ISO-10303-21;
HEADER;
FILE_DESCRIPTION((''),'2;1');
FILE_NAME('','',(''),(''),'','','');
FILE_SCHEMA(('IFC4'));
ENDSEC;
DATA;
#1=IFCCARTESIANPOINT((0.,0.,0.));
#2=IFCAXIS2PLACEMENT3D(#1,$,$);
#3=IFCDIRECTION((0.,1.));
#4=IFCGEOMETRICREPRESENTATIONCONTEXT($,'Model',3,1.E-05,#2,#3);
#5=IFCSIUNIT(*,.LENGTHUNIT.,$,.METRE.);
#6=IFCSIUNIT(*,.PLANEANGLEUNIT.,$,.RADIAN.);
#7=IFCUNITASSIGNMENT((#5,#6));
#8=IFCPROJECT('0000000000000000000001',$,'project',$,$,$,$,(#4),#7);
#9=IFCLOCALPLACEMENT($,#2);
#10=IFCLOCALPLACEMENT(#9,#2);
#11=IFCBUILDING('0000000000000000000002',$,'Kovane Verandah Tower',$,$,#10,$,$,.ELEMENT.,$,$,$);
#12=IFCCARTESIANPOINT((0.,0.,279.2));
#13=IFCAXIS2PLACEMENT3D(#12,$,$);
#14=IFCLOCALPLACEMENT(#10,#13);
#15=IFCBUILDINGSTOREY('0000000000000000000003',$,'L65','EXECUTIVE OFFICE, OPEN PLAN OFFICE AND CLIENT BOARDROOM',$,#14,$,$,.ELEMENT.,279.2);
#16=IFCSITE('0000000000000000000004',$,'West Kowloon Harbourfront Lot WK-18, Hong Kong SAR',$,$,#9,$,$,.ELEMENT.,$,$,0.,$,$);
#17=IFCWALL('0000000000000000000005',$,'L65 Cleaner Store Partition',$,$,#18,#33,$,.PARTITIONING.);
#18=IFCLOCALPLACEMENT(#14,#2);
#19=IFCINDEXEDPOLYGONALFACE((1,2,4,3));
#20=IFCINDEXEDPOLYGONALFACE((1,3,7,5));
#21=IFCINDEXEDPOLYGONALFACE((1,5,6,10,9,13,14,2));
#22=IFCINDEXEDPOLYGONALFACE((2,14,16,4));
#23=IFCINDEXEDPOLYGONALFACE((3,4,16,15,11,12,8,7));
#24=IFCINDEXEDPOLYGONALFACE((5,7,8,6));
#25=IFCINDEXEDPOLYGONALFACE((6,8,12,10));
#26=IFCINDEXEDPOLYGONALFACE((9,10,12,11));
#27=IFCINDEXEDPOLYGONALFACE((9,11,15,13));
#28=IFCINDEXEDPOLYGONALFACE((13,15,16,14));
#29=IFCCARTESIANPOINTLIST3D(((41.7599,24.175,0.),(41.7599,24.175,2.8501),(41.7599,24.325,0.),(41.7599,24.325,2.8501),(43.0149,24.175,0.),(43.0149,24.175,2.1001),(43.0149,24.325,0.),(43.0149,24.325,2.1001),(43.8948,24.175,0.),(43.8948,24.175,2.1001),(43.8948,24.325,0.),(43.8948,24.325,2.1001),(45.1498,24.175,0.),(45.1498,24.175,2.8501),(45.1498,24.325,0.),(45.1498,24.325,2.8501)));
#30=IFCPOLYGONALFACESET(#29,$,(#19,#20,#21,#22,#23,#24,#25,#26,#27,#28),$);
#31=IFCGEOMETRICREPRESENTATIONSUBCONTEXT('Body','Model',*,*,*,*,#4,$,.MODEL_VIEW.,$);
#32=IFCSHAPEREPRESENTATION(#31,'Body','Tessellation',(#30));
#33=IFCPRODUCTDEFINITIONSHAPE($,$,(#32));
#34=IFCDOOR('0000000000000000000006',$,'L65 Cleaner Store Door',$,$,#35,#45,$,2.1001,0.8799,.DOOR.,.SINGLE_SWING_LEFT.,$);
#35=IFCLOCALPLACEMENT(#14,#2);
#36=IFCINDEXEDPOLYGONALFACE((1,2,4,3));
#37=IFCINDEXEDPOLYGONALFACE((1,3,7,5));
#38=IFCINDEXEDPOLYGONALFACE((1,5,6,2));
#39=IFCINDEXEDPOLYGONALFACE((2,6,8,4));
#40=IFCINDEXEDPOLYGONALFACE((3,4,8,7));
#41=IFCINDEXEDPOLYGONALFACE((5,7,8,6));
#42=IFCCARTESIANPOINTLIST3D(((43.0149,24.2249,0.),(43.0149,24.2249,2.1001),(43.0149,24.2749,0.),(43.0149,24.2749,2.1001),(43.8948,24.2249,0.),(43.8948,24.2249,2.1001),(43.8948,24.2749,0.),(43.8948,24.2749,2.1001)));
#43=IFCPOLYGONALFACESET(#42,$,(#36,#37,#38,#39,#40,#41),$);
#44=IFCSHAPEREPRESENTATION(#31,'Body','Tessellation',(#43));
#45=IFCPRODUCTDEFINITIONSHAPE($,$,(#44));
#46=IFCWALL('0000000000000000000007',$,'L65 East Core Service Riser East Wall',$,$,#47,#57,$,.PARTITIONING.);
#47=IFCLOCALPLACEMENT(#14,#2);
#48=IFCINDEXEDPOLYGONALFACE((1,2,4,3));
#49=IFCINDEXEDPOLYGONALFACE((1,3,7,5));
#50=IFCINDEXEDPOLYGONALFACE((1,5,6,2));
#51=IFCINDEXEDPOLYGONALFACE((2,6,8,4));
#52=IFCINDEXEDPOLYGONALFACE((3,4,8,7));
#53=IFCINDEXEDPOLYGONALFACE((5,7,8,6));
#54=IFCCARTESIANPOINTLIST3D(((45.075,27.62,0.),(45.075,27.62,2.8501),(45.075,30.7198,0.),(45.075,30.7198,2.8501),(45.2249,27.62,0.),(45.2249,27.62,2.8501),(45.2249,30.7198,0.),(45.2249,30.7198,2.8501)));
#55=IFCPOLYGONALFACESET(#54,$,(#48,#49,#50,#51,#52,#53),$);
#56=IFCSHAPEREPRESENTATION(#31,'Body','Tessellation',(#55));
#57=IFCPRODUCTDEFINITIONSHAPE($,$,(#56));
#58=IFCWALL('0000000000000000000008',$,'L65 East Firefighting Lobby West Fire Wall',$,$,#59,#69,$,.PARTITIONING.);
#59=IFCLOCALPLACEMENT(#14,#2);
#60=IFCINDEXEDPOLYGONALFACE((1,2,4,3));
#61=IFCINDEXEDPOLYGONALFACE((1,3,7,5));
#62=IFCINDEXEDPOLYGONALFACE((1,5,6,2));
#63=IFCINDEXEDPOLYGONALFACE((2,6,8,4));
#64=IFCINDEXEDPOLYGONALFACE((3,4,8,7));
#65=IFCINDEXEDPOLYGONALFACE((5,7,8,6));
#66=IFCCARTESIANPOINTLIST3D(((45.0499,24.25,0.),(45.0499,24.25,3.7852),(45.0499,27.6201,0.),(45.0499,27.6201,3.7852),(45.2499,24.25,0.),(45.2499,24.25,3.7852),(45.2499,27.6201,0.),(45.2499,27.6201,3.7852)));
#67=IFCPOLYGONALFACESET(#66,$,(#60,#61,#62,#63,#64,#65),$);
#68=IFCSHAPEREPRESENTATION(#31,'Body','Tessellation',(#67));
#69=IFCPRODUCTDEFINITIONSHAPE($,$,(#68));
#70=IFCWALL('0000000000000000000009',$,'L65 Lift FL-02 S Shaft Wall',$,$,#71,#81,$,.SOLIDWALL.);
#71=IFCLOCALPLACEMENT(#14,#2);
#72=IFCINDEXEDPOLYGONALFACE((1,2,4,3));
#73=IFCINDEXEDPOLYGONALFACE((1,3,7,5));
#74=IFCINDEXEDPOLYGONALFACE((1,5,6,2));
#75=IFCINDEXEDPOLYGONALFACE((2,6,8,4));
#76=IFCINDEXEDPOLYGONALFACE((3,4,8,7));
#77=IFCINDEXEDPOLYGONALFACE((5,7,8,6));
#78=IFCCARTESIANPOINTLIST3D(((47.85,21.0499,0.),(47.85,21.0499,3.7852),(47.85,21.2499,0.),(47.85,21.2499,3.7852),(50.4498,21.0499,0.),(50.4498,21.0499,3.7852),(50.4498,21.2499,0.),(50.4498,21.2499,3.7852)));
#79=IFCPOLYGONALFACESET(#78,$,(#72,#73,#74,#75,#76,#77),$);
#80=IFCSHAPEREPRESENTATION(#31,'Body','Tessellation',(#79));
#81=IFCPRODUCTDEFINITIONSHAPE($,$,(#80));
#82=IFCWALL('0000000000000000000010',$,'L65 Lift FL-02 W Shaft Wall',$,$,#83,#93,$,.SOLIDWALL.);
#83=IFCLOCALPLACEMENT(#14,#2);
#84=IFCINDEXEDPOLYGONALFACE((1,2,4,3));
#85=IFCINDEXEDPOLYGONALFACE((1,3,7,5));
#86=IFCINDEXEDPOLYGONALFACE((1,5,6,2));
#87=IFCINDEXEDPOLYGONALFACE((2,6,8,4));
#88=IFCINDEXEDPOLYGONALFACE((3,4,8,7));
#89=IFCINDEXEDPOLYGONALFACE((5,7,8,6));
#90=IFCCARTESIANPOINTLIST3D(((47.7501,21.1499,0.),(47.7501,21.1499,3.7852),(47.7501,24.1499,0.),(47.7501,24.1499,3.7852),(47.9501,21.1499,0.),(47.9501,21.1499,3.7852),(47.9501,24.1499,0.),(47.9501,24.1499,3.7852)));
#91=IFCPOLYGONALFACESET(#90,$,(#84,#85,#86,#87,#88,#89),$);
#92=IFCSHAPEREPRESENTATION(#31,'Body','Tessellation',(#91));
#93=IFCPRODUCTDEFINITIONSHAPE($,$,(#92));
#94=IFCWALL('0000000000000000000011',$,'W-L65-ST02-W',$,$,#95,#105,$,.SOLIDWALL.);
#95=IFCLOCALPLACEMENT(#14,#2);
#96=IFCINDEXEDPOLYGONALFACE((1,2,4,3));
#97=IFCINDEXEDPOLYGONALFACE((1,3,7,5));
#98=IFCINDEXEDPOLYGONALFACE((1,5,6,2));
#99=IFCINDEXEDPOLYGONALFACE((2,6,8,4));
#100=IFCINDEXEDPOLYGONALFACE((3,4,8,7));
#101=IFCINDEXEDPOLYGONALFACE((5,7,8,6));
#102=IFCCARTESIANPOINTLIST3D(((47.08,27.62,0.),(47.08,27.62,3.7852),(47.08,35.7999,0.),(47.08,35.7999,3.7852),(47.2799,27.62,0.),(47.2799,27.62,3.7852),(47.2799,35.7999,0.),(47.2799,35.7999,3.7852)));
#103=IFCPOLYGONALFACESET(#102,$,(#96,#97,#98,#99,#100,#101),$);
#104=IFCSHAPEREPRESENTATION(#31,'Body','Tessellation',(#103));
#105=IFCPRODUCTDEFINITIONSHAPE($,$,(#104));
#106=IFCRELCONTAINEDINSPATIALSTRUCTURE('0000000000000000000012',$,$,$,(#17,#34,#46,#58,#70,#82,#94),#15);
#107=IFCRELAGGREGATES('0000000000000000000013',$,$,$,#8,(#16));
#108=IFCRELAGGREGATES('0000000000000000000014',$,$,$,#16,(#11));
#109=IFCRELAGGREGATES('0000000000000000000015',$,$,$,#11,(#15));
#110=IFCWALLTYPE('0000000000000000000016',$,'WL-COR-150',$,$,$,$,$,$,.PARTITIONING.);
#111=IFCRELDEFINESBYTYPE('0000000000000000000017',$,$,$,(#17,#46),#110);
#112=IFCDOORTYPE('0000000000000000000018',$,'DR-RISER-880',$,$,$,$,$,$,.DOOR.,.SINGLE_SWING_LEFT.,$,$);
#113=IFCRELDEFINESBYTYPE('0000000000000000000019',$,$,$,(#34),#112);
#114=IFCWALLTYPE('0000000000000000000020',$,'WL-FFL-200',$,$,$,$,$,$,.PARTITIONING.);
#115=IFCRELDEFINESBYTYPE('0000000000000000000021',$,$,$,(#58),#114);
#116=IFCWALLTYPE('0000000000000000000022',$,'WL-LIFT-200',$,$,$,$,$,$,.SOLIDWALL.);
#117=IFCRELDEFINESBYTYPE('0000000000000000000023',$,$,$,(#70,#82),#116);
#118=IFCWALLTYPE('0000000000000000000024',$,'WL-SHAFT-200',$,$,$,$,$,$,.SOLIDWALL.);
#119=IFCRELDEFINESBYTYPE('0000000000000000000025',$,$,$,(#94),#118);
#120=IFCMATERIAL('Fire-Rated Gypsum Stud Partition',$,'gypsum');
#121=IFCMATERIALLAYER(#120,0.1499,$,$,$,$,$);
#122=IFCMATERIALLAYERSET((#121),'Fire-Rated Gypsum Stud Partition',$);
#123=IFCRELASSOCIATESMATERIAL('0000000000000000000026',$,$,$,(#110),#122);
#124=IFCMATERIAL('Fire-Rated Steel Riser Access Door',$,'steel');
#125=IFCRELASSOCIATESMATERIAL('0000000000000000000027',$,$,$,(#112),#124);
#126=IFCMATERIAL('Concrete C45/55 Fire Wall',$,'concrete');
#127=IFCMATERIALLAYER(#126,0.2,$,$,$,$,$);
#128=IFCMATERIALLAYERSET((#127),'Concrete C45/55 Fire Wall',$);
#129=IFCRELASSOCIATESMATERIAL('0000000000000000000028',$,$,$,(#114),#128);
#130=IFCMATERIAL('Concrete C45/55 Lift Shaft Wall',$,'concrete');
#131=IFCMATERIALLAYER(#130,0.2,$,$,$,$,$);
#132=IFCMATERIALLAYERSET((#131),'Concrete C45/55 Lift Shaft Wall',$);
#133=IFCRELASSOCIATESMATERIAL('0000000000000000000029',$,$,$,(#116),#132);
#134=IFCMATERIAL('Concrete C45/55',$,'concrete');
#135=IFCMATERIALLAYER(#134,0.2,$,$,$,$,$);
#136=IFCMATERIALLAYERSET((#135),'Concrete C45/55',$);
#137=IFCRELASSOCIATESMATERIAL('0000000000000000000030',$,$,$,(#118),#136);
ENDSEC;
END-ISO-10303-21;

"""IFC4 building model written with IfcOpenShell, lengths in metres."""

from ifc_helpers import new_model, si_unit, direction, frame, frame_2d, origin, place, context, subcontext, project, spatial, rectangle, extrude, material, layer, layer_set, type_object, element, fill, save


model = new_model("IFC4")

# Units and contexts
model_context = context("Model", 3, precision=1e-05, world=origin(), true_north=direction((0.0, 1.0)))
body_context = subcontext(model_context, "Body", "Model", "MODEL_VIEW")
ifc_project = project(units=[si_unit("LENGTHUNIT", "METRE"), si_unit("PLANEANGLEUNIT", "RADIAN")], contexts=[model_context])

# Site, building, storey
site_placement = place(None, origin())
site = spatial("IfcSite", under=ifc_project, at=site_placement, Name="West Kowloon Harbourfront Lot WK-18, Hong Kong SAR", CompositionType="ELEMENT", RefElevation=0.0)
building_placement = place(site_placement, origin())
building = spatial("IfcBuilding", under=site, at=building_placement, Name="Kovane Verandah Tower", CompositionType="ELEMENT")
storey_placement = place(building_placement, frame((0.0, 0.0, 279.2)))
storey = spatial("IfcBuildingStorey", under=building, at=storey_placement, Name="L65", Description="EXECUTIVE OFFICE, OPEN PLAN OFFICE AND CLIENT BOARDROOM", CompositionType="ELEMENT", Elevation=279.2)

# Wall, opening, door
ifc_material_1 = material(Name="Fire-Rated Gypsum Stud Partition", Category="gypsum")
ifc_layer_1 = layer(ifc_material_1, 0.1499)
ifc_layer_set_1 = layer_set([ifc_layer_1], Name="Fire-Rated Gypsum Stud Partition")
wall_type_1 = type_object("IfcWallType", Name="WL-COR-150", PredefinedType="PARTITIONING", material=ifc_layer_set_1)
wall_1_placement = place(storey_placement, frame((41.76, 24.25, 0.0), z_axis=(0.0, 0.0, 1.0), x_axis=(1.0, 0.0, 0.0)))
wall_1 = element("IfcWall", 1, at=wall_1_placement, inside=storey, type_object=wall_type_1, Name="L65 Cleaner Store Partition", PredefinedType="PARTITIONING", context=body_context, shape_type="SweptSolid", body=[
    extrude(rectangle(XDim=3.3899, YDim=0.1499, at=frame_2d((1.6948, 0.0))), origin(), (0.0, 0.0, 1.0), 2.8501),
])
opening_1_placement = place(wall_1_placement, frame((1.2549, 0.0, 0.0)))
opening_1 = element("IfcOpeningElement", 2, at=opening_1_placement, cuts=wall_1, PredefinedType="OPENING", context=body_context, shape_type="SweptSolid", body=[
    extrude(rectangle(XDim=0.8799, YDim=2.1001, at=frame_2d((0.4399, 1.05))), frame((0.0, 0.075, 0.0), z_axis=(0.0, -1.0, 0.0), x_axis=(1.0, 0.0, 0.0)), (0.0, 0.0, 1.0), 0.1499),
])
ifc_material_2 = material(Name="Fire-Rated Steel Riser Access Door", Category="steel")
door_type_1 = type_object("IfcDoorType", Name="DR-RISER-880", OperationType="SINGLE_SWING_LEFT", PredefinedType="DOOR", material=ifc_material_2)
door_1_placement = place(opening_1_placement, origin())
door_1 = element("IfcDoor", 3, at=door_1_placement, inside=storey, type_object=door_type_1, Name="L65 Cleaner Store Door", OperationType="SINGLE_SWING_LEFT", OverallHeight=2.1001, OverallWidth=0.8799, PredefinedType="DOOR", context=body_context, shape_type="SweptSolid", body=[
    extrude(rectangle(XDim=0.8799, YDim=2.1001, at=frame_2d((0.4399, 1.05))), frame((0.0, 0.0249, 0.0), z_axis=(0.0, -1.0, 0.0), x_axis=(1.0, 0.0, 0.0)), (0.0, 0.0, 1.0), 0.05),
])
fill(opening_1, door_1)

# Walls
wall_2_placement = place(storey_placement, frame((45.1499, 27.6201, 0.0), z_axis=(0.0, 0.0, 1.0), x_axis=(0.0, 1.0, 0.0)))
element("IfcWall", 4, at=wall_2_placement, inside=storey, type_object=wall_type_1, Name="L65 East Core Service Riser East Wall", PredefinedType="PARTITIONING", context=body_context, shape_type="SweptSolid", body=[
    extrude(rectangle(XDim=3.0999, YDim=0.1499, at=frame_2d((1.5498, 0.0))), origin(), (0.0, 0.0, 1.0), 2.8501),
])
ifc_material_3 = material(Name="Concrete C45/55 Fire Wall", Category="concrete")
ifc_layer_2 = layer(ifc_material_3, 0.2)
ifc_layer_set_2 = layer_set([ifc_layer_2], Name="Concrete C45/55 Fire Wall")
wall_type_2 = type_object("IfcWallType", Name="WL-FFL-200", PredefinedType="PARTITIONING", material=ifc_layer_set_2)
wall_3_placement = place(storey_placement, frame((45.1499, 24.25, 0.0), z_axis=(0.0, 0.0, 1.0), x_axis=(0.0, 1.0, 0.0)))
element("IfcWall", 5, at=wall_3_placement, inside=storey, type_object=wall_type_2, Name="L65 East Firefighting Lobby West Fire Wall", PredefinedType="PARTITIONING", context=body_context, shape_type="SweptSolid", body=[
    extrude(rectangle(XDim=3.3701, YDim=0.2, at=frame_2d((1.6851, 0.0))), origin(), (0.0, 0.0, 1.0), 3.7852),
])

# Wall
ifc_material_4 = material(Name="Concrete C45/55 Lift Shaft Wall", Category="concrete")
ifc_layer_3 = layer(ifc_material_4, 0.2)
ifc_layer_set_3 = layer_set([ifc_layer_3], Name="Concrete C45/55 Lift Shaft Wall")
wall_type_3 = type_object("IfcWallType", Name="WL-LIFT-200", PredefinedType="SOLIDWALL", material=ifc_layer_set_3)
wall_4_placement = place(storey_placement, frame((47.8501, 21.1499, 0.0), z_axis=(0.0, 0.0, 1.0), x_axis=(1.0, 0.0, 0.0)))
element("IfcWall", 6, at=wall_4_placement, inside=storey, type_object=wall_type_3, Name="L65 Lift FL-02 S Shaft Wall", PredefinedType="SOLIDWALL", context=body_context, shape_type="SweptSolid", body=[
    extrude(rectangle(XDim=2.5999, YDim=0.2, at=frame_2d((1.2998, 0.0))), origin(), (0.0, 0.0, 1.0), 3.7852),
])

# Walls
wall_5_placement = place(storey_placement, frame((47.8501, 24.1499, 0.0), z_axis=(0.0, 0.0, 1.0), x_axis=(0.0, -1.0, 0.0)))
element("IfcWall", 7, at=wall_5_placement, inside=storey, type_object=wall_type_3, Name="L65 Lift FL-02 W Shaft Wall", PredefinedType="SOLIDWALL", context=body_context, shape_type="SweptSolid", body=[
    extrude(rectangle(XDim=3.0, YDim=0.2, at=frame_2d((1.5, 0.0))), origin(), (0.0, 0.0, 1.0), 3.7852),
])
ifc_material_5 = material(Name="Concrete C45/55", Category="concrete")
ifc_layer_4 = layer(ifc_material_5, 0.2)
ifc_layer_set_4 = layer_set([ifc_layer_4], Name="Concrete C45/55")
wall_type_4 = type_object("IfcWallType", Name="WL-SHAFT-200", PredefinedType="SOLIDWALL", material=ifc_layer_set_4)
wall_6_placement = place(storey_placement, frame((47.1799, 27.6201, 0.0), z_axis=(0.0, 0.0, 1.0), x_axis=(0.0, 1.0, 0.0)))
element("IfcWall", 8, at=wall_6_placement, inside=storey, type_object=wall_type_4, Name="W-L65-ST02-W", PredefinedType="SOLIDWALL", context=body_context, shape_type="SweptSolid", body=[
    extrude(rectangle(XDim=8.1799, YDim=0.2, at=frame_2d((4.0898, 0.0))), origin(), (0.0, 0.0, 1.0), 3.7852),
])

save(model, "model.ifc")
